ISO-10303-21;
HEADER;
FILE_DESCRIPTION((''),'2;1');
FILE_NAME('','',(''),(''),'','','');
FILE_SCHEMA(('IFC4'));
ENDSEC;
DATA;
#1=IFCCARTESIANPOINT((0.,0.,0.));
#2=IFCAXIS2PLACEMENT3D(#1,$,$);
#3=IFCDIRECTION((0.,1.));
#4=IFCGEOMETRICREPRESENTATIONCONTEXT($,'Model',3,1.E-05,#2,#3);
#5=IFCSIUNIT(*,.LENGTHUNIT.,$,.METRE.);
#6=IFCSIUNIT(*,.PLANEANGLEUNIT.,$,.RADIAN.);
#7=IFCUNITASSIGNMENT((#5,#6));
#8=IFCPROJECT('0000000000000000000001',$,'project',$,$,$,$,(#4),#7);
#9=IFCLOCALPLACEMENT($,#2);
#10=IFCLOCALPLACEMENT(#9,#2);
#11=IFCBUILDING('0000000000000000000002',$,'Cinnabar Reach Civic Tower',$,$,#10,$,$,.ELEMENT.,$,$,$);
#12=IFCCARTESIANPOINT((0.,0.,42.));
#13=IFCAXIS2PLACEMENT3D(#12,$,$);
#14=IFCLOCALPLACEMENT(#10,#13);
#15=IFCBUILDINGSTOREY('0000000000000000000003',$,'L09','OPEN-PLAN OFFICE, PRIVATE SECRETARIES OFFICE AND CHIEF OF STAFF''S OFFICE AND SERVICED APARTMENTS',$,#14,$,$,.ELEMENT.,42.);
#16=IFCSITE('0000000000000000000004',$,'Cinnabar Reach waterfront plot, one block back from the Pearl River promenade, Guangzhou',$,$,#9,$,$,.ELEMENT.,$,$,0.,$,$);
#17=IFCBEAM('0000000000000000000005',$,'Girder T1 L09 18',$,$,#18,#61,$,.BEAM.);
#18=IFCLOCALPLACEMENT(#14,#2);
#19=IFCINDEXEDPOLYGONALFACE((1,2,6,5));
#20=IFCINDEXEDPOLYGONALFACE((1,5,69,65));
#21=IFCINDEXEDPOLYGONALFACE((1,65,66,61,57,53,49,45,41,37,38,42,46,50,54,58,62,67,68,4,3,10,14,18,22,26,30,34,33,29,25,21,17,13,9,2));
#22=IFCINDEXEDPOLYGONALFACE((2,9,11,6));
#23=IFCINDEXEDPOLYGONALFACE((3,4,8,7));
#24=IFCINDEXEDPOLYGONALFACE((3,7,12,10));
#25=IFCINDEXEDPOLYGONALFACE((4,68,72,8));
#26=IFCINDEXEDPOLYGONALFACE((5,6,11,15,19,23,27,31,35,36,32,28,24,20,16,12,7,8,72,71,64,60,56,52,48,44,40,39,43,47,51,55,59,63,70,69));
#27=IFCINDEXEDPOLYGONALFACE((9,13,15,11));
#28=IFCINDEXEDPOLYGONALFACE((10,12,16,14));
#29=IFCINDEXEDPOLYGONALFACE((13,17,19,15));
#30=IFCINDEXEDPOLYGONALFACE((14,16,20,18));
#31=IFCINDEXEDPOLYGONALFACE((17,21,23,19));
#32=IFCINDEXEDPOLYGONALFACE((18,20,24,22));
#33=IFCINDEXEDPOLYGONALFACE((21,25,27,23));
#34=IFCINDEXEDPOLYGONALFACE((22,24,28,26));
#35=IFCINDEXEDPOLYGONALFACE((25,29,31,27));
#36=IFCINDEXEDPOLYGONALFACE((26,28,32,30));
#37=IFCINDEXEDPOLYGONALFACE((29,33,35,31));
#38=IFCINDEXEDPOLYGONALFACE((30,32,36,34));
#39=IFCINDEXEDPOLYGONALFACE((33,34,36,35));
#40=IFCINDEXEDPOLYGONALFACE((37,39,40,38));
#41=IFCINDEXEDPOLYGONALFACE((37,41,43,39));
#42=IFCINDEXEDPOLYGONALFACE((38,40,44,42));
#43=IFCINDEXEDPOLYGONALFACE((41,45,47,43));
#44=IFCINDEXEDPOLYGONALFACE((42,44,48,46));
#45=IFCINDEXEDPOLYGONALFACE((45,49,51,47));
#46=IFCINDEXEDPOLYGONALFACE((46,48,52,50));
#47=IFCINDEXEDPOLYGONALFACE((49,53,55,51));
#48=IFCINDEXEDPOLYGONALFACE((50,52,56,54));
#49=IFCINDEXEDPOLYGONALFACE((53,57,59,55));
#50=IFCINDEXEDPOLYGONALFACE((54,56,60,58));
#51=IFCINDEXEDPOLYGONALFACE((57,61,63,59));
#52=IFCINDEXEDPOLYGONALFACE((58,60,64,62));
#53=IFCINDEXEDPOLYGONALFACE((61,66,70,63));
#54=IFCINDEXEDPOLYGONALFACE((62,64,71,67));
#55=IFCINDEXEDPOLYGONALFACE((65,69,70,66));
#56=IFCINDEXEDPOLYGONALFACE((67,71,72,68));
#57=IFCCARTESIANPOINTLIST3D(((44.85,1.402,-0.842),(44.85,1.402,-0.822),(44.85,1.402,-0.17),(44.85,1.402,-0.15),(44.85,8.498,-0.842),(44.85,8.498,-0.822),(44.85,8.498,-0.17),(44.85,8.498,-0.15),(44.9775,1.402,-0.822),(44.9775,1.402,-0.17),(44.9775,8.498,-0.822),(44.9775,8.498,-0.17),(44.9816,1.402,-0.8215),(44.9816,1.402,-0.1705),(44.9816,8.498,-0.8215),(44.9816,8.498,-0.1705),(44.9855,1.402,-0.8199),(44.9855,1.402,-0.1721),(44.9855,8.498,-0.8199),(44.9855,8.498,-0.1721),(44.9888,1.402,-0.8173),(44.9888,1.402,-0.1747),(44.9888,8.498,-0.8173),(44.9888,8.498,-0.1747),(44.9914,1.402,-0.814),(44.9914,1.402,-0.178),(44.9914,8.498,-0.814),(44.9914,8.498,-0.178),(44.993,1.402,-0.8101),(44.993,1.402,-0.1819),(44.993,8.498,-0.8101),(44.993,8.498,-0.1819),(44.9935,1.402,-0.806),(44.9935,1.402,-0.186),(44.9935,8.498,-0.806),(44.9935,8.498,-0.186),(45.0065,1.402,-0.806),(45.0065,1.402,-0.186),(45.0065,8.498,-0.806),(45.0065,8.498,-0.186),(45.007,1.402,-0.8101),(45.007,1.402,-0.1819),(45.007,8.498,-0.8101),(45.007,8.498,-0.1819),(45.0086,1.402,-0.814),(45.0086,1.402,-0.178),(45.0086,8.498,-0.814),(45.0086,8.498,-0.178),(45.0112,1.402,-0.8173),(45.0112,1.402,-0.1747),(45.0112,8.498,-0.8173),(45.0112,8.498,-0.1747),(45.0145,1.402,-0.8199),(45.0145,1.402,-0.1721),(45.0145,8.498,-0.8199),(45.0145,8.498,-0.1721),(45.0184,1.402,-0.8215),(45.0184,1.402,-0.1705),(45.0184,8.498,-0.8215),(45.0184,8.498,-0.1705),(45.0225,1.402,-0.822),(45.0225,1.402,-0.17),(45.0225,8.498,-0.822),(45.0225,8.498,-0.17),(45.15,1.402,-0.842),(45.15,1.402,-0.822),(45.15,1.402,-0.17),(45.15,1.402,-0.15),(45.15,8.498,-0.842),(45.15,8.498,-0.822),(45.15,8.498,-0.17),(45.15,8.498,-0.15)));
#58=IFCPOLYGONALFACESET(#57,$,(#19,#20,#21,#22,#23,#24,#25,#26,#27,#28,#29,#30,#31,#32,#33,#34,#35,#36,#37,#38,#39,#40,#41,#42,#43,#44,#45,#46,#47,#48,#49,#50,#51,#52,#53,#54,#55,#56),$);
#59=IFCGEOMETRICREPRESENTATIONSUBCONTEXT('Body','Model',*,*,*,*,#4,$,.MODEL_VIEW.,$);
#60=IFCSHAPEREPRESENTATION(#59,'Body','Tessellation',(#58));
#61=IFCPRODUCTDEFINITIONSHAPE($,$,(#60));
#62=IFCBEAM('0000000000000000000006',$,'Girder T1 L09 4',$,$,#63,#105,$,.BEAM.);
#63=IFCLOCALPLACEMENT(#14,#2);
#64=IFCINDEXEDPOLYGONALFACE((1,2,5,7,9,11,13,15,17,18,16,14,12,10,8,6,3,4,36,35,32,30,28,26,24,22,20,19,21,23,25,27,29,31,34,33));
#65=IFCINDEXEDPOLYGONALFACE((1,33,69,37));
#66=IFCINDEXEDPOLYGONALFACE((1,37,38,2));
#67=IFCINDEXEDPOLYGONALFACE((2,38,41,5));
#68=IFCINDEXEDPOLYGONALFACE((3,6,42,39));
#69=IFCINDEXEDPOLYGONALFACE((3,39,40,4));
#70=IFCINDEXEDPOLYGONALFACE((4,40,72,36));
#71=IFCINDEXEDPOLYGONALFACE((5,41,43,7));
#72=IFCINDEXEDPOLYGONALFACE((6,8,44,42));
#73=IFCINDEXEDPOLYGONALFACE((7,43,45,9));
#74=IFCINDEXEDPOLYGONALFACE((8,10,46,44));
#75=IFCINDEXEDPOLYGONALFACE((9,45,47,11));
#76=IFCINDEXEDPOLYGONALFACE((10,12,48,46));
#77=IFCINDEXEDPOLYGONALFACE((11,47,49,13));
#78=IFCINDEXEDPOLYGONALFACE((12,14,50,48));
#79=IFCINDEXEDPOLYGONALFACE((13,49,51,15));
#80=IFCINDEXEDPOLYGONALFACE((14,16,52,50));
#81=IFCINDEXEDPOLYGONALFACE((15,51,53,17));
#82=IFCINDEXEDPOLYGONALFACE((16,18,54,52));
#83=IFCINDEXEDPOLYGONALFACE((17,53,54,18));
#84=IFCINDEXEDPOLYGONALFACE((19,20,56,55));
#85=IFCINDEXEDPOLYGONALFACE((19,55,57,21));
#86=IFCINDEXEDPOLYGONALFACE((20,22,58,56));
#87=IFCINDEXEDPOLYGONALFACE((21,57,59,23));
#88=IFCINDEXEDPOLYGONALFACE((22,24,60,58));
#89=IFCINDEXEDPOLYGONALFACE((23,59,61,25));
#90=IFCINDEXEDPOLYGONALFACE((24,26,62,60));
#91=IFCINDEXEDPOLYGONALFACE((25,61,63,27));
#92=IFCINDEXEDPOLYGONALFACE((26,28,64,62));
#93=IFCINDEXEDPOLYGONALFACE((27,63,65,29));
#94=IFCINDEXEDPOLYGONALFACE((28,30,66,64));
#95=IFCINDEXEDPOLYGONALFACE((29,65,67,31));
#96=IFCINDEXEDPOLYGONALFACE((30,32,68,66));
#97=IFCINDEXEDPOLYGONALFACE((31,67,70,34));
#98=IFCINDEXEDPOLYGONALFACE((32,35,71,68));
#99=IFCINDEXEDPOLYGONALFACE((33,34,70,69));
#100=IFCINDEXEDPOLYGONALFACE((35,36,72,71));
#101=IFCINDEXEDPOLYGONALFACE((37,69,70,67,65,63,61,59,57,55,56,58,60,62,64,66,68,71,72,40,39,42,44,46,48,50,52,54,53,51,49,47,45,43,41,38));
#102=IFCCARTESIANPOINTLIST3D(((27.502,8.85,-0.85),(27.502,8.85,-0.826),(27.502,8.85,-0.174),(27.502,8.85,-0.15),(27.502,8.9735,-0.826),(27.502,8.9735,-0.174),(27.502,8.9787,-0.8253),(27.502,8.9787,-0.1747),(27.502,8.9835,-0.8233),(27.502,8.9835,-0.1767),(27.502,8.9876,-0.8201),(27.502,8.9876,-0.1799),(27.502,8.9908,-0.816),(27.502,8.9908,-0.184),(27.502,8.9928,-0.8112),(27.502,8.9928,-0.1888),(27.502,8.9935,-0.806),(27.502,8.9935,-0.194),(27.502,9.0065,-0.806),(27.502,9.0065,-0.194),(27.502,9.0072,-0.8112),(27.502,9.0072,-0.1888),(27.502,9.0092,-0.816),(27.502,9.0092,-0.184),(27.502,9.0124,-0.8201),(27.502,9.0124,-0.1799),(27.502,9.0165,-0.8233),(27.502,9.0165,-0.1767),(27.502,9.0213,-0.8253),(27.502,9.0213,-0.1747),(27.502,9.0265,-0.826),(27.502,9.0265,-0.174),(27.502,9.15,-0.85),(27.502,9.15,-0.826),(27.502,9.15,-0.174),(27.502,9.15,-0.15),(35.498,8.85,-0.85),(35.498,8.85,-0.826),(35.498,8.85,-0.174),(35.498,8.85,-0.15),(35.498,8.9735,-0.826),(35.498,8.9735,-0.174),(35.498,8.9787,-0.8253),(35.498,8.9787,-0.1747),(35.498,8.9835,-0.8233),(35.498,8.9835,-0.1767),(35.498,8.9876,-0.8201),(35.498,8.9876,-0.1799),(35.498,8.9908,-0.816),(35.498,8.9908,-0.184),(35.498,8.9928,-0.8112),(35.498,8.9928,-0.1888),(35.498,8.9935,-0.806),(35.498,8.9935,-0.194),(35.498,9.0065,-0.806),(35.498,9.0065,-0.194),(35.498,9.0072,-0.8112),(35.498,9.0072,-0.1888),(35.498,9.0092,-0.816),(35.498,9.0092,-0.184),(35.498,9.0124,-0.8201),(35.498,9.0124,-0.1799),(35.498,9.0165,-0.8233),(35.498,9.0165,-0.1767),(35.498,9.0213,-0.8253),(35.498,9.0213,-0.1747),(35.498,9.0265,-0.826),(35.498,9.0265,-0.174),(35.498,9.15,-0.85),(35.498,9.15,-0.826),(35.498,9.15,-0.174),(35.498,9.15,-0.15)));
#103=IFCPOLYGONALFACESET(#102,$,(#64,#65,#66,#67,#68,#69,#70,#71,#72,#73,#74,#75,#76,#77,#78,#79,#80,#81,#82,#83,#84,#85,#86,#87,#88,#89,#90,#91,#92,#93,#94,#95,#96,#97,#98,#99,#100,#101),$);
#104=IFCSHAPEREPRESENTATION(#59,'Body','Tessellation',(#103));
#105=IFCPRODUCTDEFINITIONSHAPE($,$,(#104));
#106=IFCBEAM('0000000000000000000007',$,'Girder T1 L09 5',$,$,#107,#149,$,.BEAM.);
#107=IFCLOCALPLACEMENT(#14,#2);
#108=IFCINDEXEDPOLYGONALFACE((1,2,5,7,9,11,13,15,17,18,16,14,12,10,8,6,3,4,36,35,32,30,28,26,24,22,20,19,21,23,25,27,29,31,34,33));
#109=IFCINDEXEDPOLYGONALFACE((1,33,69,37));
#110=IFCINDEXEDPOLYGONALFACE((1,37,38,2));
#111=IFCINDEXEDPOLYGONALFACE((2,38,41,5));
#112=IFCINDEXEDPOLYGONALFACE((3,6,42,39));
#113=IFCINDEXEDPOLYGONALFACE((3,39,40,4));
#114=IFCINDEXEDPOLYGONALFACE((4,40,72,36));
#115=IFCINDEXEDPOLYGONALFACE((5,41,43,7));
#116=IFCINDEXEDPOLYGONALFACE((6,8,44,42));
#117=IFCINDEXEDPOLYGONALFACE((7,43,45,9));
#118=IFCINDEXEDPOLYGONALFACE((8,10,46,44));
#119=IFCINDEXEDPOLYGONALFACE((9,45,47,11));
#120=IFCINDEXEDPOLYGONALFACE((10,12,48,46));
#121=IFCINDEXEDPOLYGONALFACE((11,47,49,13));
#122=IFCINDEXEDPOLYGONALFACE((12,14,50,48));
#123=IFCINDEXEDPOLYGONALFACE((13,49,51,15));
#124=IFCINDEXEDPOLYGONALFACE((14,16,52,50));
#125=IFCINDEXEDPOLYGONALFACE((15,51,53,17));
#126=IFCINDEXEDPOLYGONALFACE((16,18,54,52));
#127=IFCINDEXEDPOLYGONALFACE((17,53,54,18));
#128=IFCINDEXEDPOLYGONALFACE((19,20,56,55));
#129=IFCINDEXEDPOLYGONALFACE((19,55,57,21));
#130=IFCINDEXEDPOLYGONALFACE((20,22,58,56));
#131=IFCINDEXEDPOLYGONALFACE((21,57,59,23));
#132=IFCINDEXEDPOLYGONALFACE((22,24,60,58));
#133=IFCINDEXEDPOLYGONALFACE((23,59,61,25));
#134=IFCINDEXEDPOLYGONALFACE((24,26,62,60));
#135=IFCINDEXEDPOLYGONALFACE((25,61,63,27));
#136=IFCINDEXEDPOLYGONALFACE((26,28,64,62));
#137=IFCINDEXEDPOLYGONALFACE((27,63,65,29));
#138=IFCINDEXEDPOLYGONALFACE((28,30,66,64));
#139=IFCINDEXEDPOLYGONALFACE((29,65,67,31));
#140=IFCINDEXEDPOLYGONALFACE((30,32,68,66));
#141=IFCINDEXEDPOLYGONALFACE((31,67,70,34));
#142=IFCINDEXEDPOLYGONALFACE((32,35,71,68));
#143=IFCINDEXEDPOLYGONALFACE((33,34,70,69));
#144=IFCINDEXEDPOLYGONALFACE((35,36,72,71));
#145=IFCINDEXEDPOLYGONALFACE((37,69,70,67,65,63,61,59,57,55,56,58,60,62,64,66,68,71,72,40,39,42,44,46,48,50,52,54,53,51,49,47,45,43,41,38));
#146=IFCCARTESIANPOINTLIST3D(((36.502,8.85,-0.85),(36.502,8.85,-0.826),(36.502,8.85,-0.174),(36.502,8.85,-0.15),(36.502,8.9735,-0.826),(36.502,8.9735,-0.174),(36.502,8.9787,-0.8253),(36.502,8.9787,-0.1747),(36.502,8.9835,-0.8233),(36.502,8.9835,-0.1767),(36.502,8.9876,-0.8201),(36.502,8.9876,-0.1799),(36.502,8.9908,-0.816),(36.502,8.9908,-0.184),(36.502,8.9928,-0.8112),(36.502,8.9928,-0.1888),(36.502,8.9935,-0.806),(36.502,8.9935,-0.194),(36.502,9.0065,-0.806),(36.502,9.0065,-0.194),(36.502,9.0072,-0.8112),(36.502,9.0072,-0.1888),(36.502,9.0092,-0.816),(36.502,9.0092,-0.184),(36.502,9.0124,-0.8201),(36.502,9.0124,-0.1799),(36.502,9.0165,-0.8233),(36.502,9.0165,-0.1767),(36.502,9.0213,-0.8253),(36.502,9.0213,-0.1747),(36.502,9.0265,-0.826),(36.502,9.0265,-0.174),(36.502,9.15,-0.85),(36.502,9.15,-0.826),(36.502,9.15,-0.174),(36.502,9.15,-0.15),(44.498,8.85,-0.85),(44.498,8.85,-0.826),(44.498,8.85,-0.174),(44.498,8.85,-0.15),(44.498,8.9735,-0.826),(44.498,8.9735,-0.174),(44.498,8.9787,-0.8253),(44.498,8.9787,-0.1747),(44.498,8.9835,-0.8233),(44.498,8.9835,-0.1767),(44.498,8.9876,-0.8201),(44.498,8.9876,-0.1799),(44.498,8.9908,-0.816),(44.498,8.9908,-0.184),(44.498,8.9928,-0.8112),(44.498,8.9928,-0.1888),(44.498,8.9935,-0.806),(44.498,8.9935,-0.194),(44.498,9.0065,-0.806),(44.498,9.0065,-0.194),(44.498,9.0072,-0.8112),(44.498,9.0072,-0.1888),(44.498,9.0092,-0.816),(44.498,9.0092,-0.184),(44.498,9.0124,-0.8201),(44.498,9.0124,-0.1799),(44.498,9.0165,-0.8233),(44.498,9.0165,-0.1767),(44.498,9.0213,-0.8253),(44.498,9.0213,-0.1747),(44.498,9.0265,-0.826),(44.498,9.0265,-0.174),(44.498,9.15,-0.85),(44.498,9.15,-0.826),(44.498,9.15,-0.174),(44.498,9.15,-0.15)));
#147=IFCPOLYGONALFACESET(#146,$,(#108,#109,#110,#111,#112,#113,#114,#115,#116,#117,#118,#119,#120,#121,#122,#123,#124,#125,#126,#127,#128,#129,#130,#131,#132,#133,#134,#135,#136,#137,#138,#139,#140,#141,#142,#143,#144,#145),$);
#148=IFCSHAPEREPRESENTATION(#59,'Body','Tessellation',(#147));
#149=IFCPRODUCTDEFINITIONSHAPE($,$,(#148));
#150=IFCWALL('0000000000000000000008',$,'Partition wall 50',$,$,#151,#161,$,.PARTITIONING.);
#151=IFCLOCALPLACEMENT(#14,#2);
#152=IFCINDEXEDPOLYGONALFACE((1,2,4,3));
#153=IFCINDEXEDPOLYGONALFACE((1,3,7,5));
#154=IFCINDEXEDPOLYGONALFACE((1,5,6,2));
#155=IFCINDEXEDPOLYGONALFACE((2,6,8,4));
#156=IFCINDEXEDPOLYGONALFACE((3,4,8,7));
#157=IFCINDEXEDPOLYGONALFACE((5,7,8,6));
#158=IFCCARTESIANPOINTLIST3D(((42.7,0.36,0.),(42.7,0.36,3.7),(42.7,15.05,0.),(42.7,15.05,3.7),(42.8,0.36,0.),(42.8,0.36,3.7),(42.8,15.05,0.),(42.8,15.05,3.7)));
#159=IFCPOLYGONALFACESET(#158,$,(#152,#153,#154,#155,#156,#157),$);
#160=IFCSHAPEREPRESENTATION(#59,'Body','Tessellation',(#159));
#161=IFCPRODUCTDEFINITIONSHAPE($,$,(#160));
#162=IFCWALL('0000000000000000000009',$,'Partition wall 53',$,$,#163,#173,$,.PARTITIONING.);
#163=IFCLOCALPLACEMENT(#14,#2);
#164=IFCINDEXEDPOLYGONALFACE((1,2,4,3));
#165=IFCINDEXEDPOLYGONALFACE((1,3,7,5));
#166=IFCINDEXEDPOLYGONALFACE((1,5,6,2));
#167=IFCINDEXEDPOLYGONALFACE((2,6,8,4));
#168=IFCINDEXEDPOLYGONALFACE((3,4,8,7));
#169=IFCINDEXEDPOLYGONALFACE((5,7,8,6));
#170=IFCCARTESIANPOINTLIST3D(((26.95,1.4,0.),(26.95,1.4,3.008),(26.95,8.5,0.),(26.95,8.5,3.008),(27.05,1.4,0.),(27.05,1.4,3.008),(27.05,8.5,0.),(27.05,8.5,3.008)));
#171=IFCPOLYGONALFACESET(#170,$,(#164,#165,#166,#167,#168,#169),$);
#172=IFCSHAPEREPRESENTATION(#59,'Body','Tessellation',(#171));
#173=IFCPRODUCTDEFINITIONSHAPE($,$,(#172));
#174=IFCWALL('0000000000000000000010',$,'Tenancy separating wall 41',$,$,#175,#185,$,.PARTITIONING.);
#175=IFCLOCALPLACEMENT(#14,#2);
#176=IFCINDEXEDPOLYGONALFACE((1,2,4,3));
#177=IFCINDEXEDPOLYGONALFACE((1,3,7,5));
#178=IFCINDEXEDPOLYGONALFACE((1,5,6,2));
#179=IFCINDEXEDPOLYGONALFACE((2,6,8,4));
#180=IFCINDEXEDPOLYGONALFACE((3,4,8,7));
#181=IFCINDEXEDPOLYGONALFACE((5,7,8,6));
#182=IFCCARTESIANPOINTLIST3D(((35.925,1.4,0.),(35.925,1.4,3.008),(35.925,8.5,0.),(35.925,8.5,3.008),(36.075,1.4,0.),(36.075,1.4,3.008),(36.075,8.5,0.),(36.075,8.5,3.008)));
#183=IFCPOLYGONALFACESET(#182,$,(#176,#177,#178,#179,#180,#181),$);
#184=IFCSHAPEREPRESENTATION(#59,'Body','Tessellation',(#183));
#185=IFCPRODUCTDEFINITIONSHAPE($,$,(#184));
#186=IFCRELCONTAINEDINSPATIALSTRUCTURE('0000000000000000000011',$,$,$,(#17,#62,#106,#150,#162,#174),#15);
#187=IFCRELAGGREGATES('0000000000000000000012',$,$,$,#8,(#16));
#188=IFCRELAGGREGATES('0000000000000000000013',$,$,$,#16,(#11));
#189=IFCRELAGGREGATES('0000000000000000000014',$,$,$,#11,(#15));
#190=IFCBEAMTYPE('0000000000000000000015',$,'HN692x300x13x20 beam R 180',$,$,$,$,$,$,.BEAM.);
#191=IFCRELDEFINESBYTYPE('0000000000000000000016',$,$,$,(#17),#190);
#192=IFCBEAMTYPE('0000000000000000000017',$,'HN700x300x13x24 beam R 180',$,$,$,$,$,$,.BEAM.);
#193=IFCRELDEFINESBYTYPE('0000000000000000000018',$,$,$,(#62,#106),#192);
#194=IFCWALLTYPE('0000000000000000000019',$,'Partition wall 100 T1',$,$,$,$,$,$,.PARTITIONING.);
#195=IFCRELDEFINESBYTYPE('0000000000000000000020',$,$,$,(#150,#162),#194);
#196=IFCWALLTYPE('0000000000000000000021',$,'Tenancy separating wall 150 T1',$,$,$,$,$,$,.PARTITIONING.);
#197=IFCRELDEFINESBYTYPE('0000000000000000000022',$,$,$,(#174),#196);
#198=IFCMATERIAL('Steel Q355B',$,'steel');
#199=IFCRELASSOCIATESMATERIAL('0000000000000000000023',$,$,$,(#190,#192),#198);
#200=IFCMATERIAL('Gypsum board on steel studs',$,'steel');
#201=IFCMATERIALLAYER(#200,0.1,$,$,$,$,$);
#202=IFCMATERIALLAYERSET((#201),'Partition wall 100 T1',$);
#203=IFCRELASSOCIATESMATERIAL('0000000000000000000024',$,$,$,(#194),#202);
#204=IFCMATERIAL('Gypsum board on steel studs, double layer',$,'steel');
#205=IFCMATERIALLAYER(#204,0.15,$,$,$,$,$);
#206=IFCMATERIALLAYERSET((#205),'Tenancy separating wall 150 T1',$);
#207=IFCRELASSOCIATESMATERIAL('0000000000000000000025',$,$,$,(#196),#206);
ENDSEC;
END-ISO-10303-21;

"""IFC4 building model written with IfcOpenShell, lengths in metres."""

from ifc_helpers import new_model, si_unit, direction, frame, frame_2d, origin, origin_2d, place, context, subcontext, project, spatial, rectangle, i_section, extrude, material, layer, layer_set, material_profile, profile_set, type_object, element, save


model = new_model("IFC4")

# Units and contexts
model_context = context("Model", 3, precision=1e-05, world=origin(), true_north=direction((0.0, 1.0)))
body_context = subcontext(model_context, "Body", "Model", "MODEL_VIEW")
ifc_project = project(units=[si_unit("LENGTHUNIT", "METRE"), si_unit("PLANEANGLEUNIT", "RADIAN")], contexts=[model_context])

# Site, building, storey
site_placement = place(None, origin())
site = spatial("IfcSite", under=ifc_project, at=site_placement, Name="Cinnabar Reach waterfront plot, one block back from the Pearl River promenade, Guangzhou", CompositionType="ELEMENT", RefElevation=0.0)
building_placement = place(site_placement, origin())
building = spatial("IfcBuilding", under=site, at=building_placement, Name="Cinnabar Reach Civic Tower", CompositionType="ELEMENT")
storey_placement = place(building_placement, frame((0.0, 0.0, 42.0)))
storey = spatial("IfcBuildingStorey", under=building, at=storey_placement, Name="L09", Description="OPEN-PLAN OFFICE, PRIVATE SECRETARIES OFFICE AND CHIEF OF STAFF'S OFFICE AND SERVICED APARTMENTS", CompositionType="ELEMENT", Elevation=42.0)

# Beams
ifc_material_1 = material(Name="Steel Q355B", Category="steel")
ifc_material_profile_1 = material_profile(ifc_material_1, i_section(OverallWidth=0.3, OverallDepth=0.692, WebThickness=0.013, FlangeThickness=0.02, FilletRadius=0.016, at=origin_2d()), Name="HN692x300x13x20")
ifc_profile_set_1 = profile_set([ifc_material_profile_1], Name="Steel Q355B")
beam_type_1 = type_object("IfcBeamType", Name="HN692x300x13x20 beam R 180", PredefinedType="BEAM", material=ifc_profile_set_1)
for number, where, z_axis, x_axis, name in (
    (1, (45.0, 1.402, -0.496), (0.0, 1.0, 0.0), (-1.0, 0.0, 0.0), "Girder T1 L09 18"),
):
    element("IfcBeam", number, at=place(storey_placement, frame(where, z_axis=z_axis, x_axis=x_axis)), inside=storey, type_object=beam_type_1, Name=name, PredefinedType="BEAM", context=body_context, shape_type="SweptSolid", body=[
        extrude(i_section(OverallWidth=0.3, OverallDepth=0.692, WebThickness=0.013, FlangeThickness=0.02, FilletRadius=0.016, at=origin_2d()), origin(), (0.0, 0.0, 1.0), 7.096),
    ])
ifc_material_profile_2 = material_profile(ifc_material_1, i_section(OverallWidth=0.3, OverallDepth=0.7, WebThickness=0.013, FlangeThickness=0.024, FilletRadius=0.02, at=origin_2d()), Name="HN700x300x13x24")
ifc_profile_set_2 = profile_set([ifc_material_profile_2], Name="Steel Q355B")
beam_type_2 = type_object("IfcBeamType", Name="HN700x300x13x24 beam R 180", PredefinedType="BEAM", material=ifc_profile_set_2)
for number, where, z_axis, x_axis, name in (
    (2, (27.502, 9.0, -0.5), (1.0, 0.0, 0.0), (0.0, 1.0, 0.0), "Girder T1 L09 4"),
    (3, (36.502, 9.0, -0.5), (1.0, 0.0, 0.0), (0.0, 1.0, 0.0), "Girder T1 L09 5"),
):
    element("IfcBeam", number, at=place(storey_placement, frame(where, z_axis=z_axis, x_axis=x_axis)), inside=storey, type_object=beam_type_2, Name=name, PredefinedType="BEAM", context=body_context, shape_type="SweptSolid", body=[
        extrude(i_section(OverallWidth=0.3, OverallDepth=0.7, WebThickness=0.013, FlangeThickness=0.024, FilletRadius=0.02, at=origin_2d()), origin(), (0.0, 0.0, 1.0), 7.996),
    ])

# Walls
ifc_material_2 = material(Name="Gypsum board on steel studs", Category="steel")
ifc_layer_1 = layer(ifc_material_2, 0.1)
ifc_layer_set_1 = layer_set([ifc_layer_1], Name="Partition wall 100 T1")
wall_type_1 = type_object("IfcWallType", Name="Partition wall 100 T1", PredefinedType="PARTITIONING", material=ifc_layer_set_1)
wall_1_placement = place(storey_placement, frame((42.75, 0.36, 0.0), z_axis=(0.0, 0.0, 1.0), x_axis=(0.0, 1.0, 0.0)))
element("IfcWall", 4, at=wall_1_placement, inside=storey, type_object=wall_type_1, Name="Partition wall 50", PredefinedType="PARTITIONING", context=body_context, shape_type="SweptSolid", body=[
    extrude(rectangle(XDim=14.69, YDim=0.1, at=frame_2d((7.345, 0.0))), origin(), (0.0, 0.0, 1.0), 3.7),
])
wall_2_placement = place(storey_placement, frame((27.0, 1.4, 0.0), z_axis=(0.0, 0.0, 1.0), x_axis=(0.0, 1.0, 0.0)))
element("IfcWall", 5, at=wall_2_placement, inside=storey, type_object=wall_type_1, Name="Partition wall 53", PredefinedType="PARTITIONING", context=body_context, shape_type="SweptSolid", body=[
    extrude(rectangle(XDim=7.1, YDim=0.1, at=frame_2d((3.55, 0.0))), origin(), (0.0, 0.0, 1.0), 3.008),
])
ifc_material_3 = material(Name="Gypsum board on steel studs, double layer", Category="steel")
ifc_layer_2 = layer(ifc_material_3, 0.15)
ifc_layer_set_2 = layer_set([ifc_layer_2], Name="Tenancy separating wall 150 T1")
wall_type_2 = type_object("IfcWallType", Name="Tenancy separating wall 150 T1", PredefinedType="PARTITIONING", material=ifc_layer_set_2)
wall_3_placement = place(storey_placement, frame((36.0, 1.4, 0.0), z_axis=(0.0, 0.0, 1.0), x_axis=(0.0, 1.0, 0.0)))
element("IfcWall", 6, at=wall_3_placement, inside=storey, type_object=wall_type_2, Name="Tenancy separating wall 41", PredefinedType="PARTITIONING", context=body_context, shape_type="SweptSolid", body=[
    extrude(rectangle(XDim=7.1, YDim=0.15, at=frame_2d((3.55, 0.0))), origin(), (0.0, 0.0, 1.0), 3.008),
])

save(model, "model.ifc")
